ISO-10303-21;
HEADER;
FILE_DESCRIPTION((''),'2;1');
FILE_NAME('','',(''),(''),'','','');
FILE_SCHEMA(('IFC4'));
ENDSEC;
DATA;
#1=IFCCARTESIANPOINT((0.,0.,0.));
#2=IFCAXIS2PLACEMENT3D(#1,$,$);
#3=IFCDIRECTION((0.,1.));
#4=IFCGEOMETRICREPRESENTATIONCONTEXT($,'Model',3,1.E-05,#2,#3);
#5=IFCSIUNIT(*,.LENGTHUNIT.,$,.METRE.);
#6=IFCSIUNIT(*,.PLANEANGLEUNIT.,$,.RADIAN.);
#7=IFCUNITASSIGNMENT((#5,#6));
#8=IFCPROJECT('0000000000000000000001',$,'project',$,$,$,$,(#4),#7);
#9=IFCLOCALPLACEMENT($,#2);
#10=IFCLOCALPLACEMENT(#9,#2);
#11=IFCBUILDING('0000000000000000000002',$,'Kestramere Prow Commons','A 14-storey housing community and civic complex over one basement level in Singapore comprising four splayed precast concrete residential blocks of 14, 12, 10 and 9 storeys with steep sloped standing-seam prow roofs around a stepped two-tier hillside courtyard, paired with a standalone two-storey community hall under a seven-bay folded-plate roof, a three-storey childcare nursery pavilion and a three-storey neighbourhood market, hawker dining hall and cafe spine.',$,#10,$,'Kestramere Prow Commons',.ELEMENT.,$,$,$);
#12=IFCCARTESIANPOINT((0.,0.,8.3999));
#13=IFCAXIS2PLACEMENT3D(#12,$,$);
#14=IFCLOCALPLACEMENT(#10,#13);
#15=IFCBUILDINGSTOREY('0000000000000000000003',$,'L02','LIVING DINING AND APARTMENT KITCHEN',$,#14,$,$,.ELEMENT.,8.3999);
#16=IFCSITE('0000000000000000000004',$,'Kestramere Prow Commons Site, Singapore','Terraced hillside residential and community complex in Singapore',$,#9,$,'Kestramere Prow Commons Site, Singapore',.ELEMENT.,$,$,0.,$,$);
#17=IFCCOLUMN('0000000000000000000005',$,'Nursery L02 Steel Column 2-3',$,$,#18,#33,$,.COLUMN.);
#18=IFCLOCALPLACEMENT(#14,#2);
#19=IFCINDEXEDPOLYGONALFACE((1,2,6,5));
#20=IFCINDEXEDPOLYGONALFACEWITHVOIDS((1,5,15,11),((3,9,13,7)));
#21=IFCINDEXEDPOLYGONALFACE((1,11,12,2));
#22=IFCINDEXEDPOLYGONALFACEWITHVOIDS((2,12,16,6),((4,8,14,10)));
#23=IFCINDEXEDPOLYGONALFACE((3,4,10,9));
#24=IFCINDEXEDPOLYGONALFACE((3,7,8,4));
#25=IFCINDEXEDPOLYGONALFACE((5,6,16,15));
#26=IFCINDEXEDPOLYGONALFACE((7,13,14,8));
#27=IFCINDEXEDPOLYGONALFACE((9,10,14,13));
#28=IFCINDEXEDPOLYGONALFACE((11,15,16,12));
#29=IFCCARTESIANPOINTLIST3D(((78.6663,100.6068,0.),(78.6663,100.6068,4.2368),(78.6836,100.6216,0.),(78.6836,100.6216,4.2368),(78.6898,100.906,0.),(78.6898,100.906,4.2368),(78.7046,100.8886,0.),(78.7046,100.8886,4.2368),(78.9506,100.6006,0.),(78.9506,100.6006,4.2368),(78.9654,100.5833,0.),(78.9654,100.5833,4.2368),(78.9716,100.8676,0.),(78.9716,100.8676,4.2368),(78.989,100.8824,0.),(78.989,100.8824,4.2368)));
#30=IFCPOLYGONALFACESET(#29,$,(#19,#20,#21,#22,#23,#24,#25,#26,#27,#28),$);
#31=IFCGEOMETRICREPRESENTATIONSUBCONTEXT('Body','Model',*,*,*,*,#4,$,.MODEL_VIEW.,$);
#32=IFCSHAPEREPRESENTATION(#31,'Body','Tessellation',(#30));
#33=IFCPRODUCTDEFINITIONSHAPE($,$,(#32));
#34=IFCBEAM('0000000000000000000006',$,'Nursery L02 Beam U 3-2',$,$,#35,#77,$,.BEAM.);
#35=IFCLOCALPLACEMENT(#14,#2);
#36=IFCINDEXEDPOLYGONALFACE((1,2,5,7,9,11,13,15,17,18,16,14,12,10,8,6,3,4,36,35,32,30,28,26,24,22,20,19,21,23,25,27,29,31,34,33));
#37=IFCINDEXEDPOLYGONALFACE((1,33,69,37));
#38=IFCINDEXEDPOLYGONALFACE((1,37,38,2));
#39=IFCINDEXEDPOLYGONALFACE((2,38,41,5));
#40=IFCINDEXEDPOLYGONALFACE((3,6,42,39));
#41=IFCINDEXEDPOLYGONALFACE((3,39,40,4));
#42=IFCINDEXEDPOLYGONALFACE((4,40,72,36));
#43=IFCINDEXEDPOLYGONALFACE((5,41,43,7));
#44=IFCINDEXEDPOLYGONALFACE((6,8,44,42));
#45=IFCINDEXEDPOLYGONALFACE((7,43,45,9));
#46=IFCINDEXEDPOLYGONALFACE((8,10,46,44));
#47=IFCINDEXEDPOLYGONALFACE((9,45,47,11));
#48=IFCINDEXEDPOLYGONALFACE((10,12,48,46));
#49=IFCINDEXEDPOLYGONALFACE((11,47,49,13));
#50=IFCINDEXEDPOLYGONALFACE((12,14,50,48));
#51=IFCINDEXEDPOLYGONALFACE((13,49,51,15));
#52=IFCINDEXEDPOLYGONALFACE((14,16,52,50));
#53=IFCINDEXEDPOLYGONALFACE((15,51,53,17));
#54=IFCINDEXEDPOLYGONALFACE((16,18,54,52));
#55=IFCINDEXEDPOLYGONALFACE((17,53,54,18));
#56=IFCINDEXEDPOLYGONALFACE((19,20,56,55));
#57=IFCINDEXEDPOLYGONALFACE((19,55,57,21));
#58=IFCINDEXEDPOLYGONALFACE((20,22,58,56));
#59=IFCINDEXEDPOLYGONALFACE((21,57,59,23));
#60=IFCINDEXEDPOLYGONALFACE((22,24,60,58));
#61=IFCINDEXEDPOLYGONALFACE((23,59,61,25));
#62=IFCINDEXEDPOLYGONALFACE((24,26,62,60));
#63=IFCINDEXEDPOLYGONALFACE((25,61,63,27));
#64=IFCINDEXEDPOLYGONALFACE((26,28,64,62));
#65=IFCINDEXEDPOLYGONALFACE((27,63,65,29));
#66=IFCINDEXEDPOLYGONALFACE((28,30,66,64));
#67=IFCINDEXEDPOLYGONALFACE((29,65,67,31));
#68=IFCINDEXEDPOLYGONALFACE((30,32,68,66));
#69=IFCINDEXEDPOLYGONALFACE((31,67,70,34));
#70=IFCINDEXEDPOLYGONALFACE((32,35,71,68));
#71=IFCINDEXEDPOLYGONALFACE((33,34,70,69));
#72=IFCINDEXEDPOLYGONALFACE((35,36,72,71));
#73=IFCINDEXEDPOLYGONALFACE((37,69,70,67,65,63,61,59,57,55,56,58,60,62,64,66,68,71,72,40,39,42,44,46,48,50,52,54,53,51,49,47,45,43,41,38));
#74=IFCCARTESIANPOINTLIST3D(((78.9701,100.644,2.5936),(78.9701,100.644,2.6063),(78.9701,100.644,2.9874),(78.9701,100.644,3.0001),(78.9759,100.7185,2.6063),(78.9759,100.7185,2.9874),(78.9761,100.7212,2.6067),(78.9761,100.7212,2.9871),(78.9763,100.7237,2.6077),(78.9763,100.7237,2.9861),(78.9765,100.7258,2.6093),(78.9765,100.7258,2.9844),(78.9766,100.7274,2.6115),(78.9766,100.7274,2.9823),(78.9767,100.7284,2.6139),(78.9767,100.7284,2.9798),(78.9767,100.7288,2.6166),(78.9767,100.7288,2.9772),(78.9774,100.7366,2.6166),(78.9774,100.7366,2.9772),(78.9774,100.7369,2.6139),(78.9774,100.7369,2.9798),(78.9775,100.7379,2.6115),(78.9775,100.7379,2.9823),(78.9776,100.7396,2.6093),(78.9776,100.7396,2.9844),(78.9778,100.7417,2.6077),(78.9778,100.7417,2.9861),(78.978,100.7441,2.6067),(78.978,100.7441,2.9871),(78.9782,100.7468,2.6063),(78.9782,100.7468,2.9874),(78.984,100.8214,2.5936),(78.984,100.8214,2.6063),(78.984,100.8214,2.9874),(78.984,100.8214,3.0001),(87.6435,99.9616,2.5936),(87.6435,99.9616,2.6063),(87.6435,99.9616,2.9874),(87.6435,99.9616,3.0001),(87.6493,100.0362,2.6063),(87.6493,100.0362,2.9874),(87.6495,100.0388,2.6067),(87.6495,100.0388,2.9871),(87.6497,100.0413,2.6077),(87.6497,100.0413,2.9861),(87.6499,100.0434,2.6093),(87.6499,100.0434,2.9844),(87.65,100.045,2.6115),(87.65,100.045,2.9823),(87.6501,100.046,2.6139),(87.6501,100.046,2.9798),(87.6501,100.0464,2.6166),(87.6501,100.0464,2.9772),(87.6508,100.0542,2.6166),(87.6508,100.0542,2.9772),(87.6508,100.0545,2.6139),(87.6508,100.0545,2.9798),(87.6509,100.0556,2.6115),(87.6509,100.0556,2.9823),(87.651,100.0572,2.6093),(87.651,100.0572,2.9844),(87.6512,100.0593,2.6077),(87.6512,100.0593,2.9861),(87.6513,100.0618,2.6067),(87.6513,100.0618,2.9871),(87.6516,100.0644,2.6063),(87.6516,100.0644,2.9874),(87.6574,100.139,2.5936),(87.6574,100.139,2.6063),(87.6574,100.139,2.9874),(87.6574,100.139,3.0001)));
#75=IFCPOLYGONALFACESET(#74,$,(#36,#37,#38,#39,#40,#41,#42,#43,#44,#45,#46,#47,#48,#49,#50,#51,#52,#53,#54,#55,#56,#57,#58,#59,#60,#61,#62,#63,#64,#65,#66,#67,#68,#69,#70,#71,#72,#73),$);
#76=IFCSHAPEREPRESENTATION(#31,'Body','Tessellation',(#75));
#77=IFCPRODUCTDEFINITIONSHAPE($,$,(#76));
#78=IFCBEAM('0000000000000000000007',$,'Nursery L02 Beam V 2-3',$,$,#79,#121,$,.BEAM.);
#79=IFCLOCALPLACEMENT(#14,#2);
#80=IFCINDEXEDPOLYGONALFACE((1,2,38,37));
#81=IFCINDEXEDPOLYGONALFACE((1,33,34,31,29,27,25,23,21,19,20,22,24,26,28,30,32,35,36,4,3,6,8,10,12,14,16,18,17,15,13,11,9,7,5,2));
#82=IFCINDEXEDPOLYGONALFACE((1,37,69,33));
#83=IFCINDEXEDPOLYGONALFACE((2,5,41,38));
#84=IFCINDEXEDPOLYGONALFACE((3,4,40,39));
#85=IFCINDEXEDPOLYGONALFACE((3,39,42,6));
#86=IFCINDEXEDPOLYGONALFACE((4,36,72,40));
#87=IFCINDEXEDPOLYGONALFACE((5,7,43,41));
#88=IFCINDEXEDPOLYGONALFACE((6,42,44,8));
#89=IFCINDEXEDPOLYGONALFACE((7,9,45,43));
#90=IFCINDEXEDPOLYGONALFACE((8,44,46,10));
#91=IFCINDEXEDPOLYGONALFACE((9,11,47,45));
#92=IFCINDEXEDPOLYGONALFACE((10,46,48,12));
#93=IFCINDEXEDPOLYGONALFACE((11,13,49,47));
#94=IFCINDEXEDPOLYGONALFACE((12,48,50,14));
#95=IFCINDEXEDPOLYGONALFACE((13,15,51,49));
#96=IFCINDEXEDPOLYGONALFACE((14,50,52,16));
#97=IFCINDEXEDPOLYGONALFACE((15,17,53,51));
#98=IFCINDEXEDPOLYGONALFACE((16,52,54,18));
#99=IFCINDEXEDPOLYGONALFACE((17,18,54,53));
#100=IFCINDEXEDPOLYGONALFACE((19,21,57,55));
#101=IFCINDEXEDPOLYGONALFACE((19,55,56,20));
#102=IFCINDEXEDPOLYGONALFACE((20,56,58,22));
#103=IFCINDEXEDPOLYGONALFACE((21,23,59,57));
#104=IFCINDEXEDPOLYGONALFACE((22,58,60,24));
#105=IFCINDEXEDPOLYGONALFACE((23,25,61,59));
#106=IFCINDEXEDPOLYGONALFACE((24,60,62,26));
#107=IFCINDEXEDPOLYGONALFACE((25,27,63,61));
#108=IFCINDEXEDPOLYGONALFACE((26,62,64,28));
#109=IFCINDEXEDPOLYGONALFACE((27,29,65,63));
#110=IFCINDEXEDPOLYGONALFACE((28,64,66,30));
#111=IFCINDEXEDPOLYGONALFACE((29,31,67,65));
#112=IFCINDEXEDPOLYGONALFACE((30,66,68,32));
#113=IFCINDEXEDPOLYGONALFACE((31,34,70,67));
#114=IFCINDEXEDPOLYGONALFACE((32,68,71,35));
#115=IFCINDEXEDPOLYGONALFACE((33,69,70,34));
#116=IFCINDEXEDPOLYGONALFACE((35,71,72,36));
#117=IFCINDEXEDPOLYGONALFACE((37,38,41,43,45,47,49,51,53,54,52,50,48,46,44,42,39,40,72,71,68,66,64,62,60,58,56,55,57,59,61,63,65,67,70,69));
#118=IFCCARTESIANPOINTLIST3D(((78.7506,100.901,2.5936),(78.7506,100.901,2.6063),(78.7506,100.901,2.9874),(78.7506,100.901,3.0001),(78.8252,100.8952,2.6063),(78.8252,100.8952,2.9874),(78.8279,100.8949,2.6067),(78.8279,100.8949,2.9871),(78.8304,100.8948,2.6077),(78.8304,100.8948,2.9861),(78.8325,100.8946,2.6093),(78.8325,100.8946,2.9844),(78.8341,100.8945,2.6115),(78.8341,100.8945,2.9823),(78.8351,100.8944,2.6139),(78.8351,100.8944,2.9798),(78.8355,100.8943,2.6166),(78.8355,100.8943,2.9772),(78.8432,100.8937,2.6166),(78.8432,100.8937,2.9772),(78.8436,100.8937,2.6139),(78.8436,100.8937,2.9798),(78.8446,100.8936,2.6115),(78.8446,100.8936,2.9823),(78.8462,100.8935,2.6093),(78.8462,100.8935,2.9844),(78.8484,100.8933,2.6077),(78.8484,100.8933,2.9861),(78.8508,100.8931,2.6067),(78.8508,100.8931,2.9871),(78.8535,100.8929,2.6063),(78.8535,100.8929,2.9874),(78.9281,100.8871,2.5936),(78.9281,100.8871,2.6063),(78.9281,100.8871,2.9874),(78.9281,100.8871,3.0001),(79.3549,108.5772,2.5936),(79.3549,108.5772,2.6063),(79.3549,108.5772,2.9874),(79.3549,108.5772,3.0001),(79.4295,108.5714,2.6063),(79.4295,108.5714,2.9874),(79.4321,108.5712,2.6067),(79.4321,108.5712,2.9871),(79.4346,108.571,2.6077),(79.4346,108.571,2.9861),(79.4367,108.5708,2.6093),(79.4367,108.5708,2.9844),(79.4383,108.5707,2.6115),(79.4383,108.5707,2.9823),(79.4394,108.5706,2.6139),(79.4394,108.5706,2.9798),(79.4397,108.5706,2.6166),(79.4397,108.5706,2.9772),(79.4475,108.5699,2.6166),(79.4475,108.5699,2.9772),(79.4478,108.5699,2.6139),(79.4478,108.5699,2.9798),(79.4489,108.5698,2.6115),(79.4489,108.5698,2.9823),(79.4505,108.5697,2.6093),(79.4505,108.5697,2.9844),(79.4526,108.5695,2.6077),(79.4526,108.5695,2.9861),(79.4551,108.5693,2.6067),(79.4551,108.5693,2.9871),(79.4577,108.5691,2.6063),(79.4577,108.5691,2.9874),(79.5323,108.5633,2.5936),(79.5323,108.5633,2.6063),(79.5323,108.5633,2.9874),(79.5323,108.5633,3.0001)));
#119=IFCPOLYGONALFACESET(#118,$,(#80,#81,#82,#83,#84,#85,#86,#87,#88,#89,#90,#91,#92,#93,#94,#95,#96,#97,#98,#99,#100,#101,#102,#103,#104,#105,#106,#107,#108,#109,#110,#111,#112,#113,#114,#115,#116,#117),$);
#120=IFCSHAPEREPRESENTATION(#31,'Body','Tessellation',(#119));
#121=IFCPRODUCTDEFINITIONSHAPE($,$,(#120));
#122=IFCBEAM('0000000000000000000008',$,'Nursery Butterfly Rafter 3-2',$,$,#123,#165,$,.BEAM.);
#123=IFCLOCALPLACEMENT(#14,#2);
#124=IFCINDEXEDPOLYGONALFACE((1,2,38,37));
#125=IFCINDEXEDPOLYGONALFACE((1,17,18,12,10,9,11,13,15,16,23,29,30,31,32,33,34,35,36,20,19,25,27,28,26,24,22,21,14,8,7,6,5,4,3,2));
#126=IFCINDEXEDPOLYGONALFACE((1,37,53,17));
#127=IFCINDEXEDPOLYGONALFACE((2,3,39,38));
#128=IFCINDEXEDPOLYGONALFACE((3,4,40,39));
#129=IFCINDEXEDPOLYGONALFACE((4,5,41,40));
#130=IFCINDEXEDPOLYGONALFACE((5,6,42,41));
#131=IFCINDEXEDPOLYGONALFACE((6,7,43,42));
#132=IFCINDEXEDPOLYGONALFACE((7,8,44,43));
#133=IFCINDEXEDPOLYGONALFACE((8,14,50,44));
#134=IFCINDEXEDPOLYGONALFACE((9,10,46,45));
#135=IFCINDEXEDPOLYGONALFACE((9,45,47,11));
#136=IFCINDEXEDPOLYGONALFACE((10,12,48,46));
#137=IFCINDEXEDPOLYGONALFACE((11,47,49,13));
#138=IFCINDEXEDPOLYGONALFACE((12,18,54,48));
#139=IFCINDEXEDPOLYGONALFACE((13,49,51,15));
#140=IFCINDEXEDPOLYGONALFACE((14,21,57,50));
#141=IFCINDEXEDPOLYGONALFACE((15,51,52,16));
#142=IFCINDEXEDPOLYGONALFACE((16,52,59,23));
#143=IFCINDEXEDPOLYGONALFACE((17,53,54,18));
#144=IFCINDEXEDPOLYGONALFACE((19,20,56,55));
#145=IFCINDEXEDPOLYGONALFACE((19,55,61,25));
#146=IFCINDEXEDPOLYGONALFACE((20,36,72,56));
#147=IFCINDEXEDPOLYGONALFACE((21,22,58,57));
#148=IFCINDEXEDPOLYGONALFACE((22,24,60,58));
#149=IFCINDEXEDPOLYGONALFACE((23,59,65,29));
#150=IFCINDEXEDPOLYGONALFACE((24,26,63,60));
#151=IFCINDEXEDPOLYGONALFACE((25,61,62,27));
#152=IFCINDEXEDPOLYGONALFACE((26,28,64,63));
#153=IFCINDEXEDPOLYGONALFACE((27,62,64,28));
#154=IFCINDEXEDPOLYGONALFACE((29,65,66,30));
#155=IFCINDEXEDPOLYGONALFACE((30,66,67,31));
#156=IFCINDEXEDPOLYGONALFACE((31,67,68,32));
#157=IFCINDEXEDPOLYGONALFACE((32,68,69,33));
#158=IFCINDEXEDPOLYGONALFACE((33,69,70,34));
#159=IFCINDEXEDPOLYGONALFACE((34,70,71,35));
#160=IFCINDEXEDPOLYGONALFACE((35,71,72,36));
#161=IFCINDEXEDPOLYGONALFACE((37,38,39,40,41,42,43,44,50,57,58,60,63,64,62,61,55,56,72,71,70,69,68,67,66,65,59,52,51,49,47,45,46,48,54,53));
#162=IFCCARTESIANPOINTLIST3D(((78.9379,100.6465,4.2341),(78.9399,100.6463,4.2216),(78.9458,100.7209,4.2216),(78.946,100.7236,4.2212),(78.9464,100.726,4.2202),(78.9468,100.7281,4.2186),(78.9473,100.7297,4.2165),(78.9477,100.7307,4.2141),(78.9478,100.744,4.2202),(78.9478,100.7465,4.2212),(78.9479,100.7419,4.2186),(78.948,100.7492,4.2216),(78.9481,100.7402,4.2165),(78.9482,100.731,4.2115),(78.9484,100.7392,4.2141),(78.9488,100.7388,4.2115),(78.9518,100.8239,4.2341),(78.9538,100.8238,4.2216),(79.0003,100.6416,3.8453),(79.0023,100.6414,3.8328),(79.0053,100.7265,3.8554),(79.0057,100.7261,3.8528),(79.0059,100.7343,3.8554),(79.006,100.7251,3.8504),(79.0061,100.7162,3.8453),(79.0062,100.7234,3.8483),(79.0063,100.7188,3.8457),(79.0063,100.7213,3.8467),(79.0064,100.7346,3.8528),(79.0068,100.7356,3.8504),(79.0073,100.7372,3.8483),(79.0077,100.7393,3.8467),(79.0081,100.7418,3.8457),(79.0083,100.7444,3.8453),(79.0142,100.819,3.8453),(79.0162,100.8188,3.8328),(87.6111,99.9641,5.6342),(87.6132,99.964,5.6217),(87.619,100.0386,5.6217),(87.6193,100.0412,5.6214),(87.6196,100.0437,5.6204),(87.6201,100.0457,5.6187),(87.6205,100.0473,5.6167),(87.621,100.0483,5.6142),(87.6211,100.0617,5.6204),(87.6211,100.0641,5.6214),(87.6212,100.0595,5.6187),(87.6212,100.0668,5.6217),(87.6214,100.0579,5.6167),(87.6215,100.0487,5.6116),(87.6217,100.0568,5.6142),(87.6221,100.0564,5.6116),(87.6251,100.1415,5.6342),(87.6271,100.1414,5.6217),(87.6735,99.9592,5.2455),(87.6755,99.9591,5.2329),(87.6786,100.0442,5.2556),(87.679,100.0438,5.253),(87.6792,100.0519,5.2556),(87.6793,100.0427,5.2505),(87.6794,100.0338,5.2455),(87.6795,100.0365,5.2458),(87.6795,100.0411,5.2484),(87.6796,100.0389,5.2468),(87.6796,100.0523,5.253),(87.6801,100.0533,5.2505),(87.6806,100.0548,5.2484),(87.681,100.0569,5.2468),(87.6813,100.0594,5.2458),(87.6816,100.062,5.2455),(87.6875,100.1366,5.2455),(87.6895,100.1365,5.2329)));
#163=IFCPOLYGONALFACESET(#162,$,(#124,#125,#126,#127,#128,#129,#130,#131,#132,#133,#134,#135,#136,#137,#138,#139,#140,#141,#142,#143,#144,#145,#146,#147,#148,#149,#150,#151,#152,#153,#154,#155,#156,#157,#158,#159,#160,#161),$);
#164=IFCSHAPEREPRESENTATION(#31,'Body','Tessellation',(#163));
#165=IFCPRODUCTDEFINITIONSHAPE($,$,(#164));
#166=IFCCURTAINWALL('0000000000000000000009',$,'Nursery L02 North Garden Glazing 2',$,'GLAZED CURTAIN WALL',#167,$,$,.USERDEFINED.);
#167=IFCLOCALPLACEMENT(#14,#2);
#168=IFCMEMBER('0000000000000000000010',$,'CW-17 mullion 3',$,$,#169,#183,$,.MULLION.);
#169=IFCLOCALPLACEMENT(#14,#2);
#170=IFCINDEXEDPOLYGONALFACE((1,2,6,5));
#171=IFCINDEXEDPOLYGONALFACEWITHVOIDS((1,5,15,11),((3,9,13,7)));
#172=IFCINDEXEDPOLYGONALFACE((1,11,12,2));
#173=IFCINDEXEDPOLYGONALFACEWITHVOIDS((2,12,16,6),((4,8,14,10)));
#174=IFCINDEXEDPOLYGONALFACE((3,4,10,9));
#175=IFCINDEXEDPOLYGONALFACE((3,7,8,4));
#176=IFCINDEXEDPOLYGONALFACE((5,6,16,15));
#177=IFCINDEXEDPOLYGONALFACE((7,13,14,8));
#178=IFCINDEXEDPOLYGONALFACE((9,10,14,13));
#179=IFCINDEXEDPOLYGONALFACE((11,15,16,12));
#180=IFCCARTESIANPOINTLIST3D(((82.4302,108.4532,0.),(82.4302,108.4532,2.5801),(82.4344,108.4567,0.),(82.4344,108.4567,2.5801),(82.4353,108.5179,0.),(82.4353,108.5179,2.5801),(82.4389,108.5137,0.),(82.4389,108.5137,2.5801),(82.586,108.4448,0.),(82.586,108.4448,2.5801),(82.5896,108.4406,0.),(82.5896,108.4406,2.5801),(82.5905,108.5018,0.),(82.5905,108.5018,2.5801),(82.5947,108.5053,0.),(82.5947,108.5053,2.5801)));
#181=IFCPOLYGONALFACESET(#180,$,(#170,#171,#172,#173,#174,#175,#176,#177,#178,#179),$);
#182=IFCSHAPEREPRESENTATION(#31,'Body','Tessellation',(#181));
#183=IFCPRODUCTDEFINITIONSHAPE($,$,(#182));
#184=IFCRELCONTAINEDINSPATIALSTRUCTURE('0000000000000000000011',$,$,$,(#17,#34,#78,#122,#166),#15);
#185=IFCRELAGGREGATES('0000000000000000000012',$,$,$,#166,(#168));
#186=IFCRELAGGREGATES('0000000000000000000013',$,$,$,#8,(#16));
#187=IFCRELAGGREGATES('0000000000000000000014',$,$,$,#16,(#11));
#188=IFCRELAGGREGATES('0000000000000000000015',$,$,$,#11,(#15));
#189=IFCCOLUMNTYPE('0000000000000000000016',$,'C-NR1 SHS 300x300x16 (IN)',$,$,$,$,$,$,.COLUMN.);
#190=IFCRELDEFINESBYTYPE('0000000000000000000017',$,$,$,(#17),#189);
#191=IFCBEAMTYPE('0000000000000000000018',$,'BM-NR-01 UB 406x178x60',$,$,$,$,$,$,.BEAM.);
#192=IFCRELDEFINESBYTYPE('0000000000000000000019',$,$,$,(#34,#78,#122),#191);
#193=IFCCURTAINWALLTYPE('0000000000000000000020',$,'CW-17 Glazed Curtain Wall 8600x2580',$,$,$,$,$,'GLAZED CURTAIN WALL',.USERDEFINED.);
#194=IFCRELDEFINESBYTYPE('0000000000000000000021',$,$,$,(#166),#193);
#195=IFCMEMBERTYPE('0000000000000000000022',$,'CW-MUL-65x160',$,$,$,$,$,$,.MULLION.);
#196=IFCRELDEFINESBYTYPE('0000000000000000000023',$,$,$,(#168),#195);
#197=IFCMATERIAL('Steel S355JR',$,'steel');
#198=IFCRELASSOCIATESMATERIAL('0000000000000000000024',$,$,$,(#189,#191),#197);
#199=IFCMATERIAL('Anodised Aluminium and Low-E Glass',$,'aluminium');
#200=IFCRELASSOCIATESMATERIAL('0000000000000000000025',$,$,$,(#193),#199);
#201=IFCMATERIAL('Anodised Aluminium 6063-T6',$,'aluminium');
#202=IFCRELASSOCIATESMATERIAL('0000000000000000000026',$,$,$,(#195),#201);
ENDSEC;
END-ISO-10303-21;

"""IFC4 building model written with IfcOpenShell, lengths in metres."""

from ifc_helpers import new_model, si_unit, direction, frame, origin, origin_2d, place, context, subcontext, project, spatial, hollow_rectangle, i_section, extrude, material, material_profile, profile_set, type_object, element, aggregate, save


model = new_model("IFC4")

# Units and contexts
model_context = context("Model", 3, precision=1e-05, world=origin(), true_north=direction((0.0, 1.0)))
body_context = subcontext(model_context, "Body", "Model", "MODEL_VIEW")
ifc_project = project(units=[si_unit("LENGTHUNIT", "METRE"), si_unit("PLANEANGLEUNIT", "RADIAN")], contexts=[model_context])

# Site, building, storey
site_placement = place(None, origin())
site = spatial("IfcSite", under=ifc_project, at=site_placement, Name="Kestramere Prow Commons Site, Singapore", Description="Terraced hillside residential and community complex in Singapore", LongName="Kestramere Prow Commons Site, Singapore", CompositionType="ELEMENT", RefElevation=0.0)
building_placement = place(site_placement, origin())
building = spatial("IfcBuilding", under=site, at=building_placement, Name="Kestramere Prow Commons", Description="A 14-storey housing community and civic complex over one basement level in Singapore comprising four splayed precast concrete residential blocks of 14, 12, 10 and 9 storeys with steep sloped standing-seam prow roofs around a stepped two-tier hillside courtyard, paired with a standalone two-storey community hall under a seven-bay folded-plate roof, a three-storey childcare nursery pavilion and a three-storey neighbourhood market, hawker dining hall and cafe spine.", LongName="Kestramere Prow Commons", CompositionType="ELEMENT")
storey_placement = place(building_placement, frame((0.0, 0.0, 8.3999)))
storey = spatial("IfcBuildingStorey", under=building, at=storey_placement, Name="L02", Description="LIVING DINING AND APARTMENT KITCHEN", CompositionType="ELEMENT", Elevation=8.3999)

# Column
ifc_material_1 = material(Name="Steel S355JR", Category="steel")
ifc_material_profile_1 = material_profile(ifc_material_1, hollow_rectangle(XDim=0.3, YDim=0.3, WallThickness=0.0161, at=origin_2d()), Name="SHS 300x300x16")
ifc_profile_set_1 = profile_set([ifc_material_profile_1], Name="Steel S355JR")
column_type = type_object("IfcColumnType", Name="C-NR1 SHS 300x300x16 (IN)", PredefinedType="COLUMN", material=ifc_profile_set_1)
column_placement = place(storey_placement, frame((78.8276, 100.7446, 0.0), z_axis=(0.0, 0.0, 1.0), x_axis=(0.996917, -0.078459, 0.0)))
element("IfcColumn", 1, at=column_placement, inside=storey, type_object=column_type, Name="Nursery L02 Steel Column 2-3", PredefinedType="COLUMN", context=body_context, shape_type="SweptSolid", body=[
    extrude(hollow_rectangle(XDim=0.3, YDim=0.3, WallThickness=0.0161, at=origin_2d()), origin(), (0.0, 0.0, 1.0), 4.2368),
])

# Beams
ifc_material_profile_2 = material_profile(ifc_material_1, i_section(OverallWidth=0.178, OverallDepth=0.4065, WebThickness=0.0078, FlangeThickness=0.0127, FilletRadius=0.0103, at=origin_2d()), Name="UB 406x178x60")
ifc_profile_set_2 = profile_set([ifc_material_profile_2], Name="Steel S355JR")
beam_type_1 = type_object("IfcBeamType", Name="BM-NR-01 UB 406x178x60", PredefinedType="BEAM", material=ifc_profile_set_2)
beam_1_placement = place(storey_placement, frame((78.9771, 100.7327, 2.7969), z_axis=(0.996919, -0.078432, 0.0), x_axis=(0.078432, 0.996919, 0.0)))
element("IfcBeam", 2, at=beam_1_placement, inside=storey, type_object=beam_type_1, Name="Nursery L02 Beam U 3-2", PredefinedType="BEAM", context=body_context, shape_type="SweptSolid", body=[
    extrude(i_section(OverallWidth=0.178, OverallDepth=0.4065, WebThickness=0.0078, FlangeThickness=0.0127, FilletRadius=0.0103, at=origin_2d()), origin(), (0.0, 0.0, 1.0), 8.7002),
])
beam_2_placement = place(storey_placement, frame((78.8394, 100.894, 2.7969), z_axis=(0.078474, 0.996916, 0.0), x_axis=(-0.996916, 0.078474, 0.0)))
element("IfcBeam", 3, at=beam_2_placement, inside=storey, type_object=beam_type_1, Name="Nursery L02 Beam V 2-3", PredefinedType="BEAM", context=body_context, shape_type="SweptSolid", body=[
    extrude(i_section(OverallWidth=0.178, OverallDepth=0.4065, WebThickness=0.0078, FlangeThickness=0.0127, FilletRadius=0.0103, at=origin_2d()), origin(), (0.0, 0.0, 1.0), 7.7),
])
beam_3_placement = place(storey_placement, frame((78.9771, 100.7327, 4.0334), z_axis=(0.984255, -0.077436, 0.158889), x_axis=(0.078432, 0.996919, 0.0)))
element("IfcBeam", 4, at=beam_3_placement, inside=storey, type_object=beam_type_1, Name="Nursery Butterfly Rafter 3-2", PredefinedType="BEAM", context=body_context, shape_type="SweptSolid", body=[
    extrude(i_section(OverallWidth=0.178, OverallDepth=0.4065, WebThickness=0.0078, FlangeThickness=0.0127, FilletRadius=0.0103, at=origin_2d()), origin(), (0.0, 0.0, 1.0), 8.812),
])

# Curtain wall, member
ifc_material_2 = material(Name="Anodised Aluminium and Low-E Glass", Category="aluminium")
curtain_wall_type = type_object("IfcCurtainWallType", Name="CW-17 Glazed Curtain Wall 8600x2580", ElementType="GLAZED CURTAIN WALL", PredefinedType="USERDEFINED", material=ifc_material_2)
curtain_wall_placement = place(storey_placement, origin())
curtain_wall = element("IfcCurtainWall", 5, at=curtain_wall_placement, inside=storey, type_object=curtain_wall_type, Name="Nursery L02 North Garden Glazing 2", ObjectType="GLAZED CURTAIN WALL", PredefinedType="USERDEFINED")
ifc_material_3 = material(Name="Anodised Aluminium 6063-T6", Category="aluminium")
ifc_material_profile_3 = material_profile(ifc_material_3, hollow_rectangle(XDim=0.0649, YDim=0.1599, WallThickness=0.0039, at=origin_2d()), Name="ALU-MUL 65x160")
ifc_profile_set_3 = profile_set([ifc_material_profile_3], Name="Anodised Aluminium 6063-T6")
member_type_1 = type_object("IfcMemberType", Name="CW-MUL-65x160", PredefinedType="MULLION", material=ifc_profile_set_3)
member_1_placement = place(storey_placement, frame((82.5125, 108.4792, 0.0), z_axis=(0.0, 0.0, 1.0), x_axis=(0.078459, 0.996917, 0.0)))
member_1 = element("IfcMember", 6, at=member_1_placement, type_object=member_type_1, Name="CW-17 mullion 3", PredefinedType="MULLION", context=body_context, shape_type="SweptSolid", body=[
    extrude(hollow_rectangle(XDim=0.0649, YDim=0.1599, WallThickness=0.0039, at=origin_2d()), origin(), (0.0, 0.0, 1.0), 2.5801),
])

aggregate(curtain_wall, [member_1])

save(model, "model.ifc")
